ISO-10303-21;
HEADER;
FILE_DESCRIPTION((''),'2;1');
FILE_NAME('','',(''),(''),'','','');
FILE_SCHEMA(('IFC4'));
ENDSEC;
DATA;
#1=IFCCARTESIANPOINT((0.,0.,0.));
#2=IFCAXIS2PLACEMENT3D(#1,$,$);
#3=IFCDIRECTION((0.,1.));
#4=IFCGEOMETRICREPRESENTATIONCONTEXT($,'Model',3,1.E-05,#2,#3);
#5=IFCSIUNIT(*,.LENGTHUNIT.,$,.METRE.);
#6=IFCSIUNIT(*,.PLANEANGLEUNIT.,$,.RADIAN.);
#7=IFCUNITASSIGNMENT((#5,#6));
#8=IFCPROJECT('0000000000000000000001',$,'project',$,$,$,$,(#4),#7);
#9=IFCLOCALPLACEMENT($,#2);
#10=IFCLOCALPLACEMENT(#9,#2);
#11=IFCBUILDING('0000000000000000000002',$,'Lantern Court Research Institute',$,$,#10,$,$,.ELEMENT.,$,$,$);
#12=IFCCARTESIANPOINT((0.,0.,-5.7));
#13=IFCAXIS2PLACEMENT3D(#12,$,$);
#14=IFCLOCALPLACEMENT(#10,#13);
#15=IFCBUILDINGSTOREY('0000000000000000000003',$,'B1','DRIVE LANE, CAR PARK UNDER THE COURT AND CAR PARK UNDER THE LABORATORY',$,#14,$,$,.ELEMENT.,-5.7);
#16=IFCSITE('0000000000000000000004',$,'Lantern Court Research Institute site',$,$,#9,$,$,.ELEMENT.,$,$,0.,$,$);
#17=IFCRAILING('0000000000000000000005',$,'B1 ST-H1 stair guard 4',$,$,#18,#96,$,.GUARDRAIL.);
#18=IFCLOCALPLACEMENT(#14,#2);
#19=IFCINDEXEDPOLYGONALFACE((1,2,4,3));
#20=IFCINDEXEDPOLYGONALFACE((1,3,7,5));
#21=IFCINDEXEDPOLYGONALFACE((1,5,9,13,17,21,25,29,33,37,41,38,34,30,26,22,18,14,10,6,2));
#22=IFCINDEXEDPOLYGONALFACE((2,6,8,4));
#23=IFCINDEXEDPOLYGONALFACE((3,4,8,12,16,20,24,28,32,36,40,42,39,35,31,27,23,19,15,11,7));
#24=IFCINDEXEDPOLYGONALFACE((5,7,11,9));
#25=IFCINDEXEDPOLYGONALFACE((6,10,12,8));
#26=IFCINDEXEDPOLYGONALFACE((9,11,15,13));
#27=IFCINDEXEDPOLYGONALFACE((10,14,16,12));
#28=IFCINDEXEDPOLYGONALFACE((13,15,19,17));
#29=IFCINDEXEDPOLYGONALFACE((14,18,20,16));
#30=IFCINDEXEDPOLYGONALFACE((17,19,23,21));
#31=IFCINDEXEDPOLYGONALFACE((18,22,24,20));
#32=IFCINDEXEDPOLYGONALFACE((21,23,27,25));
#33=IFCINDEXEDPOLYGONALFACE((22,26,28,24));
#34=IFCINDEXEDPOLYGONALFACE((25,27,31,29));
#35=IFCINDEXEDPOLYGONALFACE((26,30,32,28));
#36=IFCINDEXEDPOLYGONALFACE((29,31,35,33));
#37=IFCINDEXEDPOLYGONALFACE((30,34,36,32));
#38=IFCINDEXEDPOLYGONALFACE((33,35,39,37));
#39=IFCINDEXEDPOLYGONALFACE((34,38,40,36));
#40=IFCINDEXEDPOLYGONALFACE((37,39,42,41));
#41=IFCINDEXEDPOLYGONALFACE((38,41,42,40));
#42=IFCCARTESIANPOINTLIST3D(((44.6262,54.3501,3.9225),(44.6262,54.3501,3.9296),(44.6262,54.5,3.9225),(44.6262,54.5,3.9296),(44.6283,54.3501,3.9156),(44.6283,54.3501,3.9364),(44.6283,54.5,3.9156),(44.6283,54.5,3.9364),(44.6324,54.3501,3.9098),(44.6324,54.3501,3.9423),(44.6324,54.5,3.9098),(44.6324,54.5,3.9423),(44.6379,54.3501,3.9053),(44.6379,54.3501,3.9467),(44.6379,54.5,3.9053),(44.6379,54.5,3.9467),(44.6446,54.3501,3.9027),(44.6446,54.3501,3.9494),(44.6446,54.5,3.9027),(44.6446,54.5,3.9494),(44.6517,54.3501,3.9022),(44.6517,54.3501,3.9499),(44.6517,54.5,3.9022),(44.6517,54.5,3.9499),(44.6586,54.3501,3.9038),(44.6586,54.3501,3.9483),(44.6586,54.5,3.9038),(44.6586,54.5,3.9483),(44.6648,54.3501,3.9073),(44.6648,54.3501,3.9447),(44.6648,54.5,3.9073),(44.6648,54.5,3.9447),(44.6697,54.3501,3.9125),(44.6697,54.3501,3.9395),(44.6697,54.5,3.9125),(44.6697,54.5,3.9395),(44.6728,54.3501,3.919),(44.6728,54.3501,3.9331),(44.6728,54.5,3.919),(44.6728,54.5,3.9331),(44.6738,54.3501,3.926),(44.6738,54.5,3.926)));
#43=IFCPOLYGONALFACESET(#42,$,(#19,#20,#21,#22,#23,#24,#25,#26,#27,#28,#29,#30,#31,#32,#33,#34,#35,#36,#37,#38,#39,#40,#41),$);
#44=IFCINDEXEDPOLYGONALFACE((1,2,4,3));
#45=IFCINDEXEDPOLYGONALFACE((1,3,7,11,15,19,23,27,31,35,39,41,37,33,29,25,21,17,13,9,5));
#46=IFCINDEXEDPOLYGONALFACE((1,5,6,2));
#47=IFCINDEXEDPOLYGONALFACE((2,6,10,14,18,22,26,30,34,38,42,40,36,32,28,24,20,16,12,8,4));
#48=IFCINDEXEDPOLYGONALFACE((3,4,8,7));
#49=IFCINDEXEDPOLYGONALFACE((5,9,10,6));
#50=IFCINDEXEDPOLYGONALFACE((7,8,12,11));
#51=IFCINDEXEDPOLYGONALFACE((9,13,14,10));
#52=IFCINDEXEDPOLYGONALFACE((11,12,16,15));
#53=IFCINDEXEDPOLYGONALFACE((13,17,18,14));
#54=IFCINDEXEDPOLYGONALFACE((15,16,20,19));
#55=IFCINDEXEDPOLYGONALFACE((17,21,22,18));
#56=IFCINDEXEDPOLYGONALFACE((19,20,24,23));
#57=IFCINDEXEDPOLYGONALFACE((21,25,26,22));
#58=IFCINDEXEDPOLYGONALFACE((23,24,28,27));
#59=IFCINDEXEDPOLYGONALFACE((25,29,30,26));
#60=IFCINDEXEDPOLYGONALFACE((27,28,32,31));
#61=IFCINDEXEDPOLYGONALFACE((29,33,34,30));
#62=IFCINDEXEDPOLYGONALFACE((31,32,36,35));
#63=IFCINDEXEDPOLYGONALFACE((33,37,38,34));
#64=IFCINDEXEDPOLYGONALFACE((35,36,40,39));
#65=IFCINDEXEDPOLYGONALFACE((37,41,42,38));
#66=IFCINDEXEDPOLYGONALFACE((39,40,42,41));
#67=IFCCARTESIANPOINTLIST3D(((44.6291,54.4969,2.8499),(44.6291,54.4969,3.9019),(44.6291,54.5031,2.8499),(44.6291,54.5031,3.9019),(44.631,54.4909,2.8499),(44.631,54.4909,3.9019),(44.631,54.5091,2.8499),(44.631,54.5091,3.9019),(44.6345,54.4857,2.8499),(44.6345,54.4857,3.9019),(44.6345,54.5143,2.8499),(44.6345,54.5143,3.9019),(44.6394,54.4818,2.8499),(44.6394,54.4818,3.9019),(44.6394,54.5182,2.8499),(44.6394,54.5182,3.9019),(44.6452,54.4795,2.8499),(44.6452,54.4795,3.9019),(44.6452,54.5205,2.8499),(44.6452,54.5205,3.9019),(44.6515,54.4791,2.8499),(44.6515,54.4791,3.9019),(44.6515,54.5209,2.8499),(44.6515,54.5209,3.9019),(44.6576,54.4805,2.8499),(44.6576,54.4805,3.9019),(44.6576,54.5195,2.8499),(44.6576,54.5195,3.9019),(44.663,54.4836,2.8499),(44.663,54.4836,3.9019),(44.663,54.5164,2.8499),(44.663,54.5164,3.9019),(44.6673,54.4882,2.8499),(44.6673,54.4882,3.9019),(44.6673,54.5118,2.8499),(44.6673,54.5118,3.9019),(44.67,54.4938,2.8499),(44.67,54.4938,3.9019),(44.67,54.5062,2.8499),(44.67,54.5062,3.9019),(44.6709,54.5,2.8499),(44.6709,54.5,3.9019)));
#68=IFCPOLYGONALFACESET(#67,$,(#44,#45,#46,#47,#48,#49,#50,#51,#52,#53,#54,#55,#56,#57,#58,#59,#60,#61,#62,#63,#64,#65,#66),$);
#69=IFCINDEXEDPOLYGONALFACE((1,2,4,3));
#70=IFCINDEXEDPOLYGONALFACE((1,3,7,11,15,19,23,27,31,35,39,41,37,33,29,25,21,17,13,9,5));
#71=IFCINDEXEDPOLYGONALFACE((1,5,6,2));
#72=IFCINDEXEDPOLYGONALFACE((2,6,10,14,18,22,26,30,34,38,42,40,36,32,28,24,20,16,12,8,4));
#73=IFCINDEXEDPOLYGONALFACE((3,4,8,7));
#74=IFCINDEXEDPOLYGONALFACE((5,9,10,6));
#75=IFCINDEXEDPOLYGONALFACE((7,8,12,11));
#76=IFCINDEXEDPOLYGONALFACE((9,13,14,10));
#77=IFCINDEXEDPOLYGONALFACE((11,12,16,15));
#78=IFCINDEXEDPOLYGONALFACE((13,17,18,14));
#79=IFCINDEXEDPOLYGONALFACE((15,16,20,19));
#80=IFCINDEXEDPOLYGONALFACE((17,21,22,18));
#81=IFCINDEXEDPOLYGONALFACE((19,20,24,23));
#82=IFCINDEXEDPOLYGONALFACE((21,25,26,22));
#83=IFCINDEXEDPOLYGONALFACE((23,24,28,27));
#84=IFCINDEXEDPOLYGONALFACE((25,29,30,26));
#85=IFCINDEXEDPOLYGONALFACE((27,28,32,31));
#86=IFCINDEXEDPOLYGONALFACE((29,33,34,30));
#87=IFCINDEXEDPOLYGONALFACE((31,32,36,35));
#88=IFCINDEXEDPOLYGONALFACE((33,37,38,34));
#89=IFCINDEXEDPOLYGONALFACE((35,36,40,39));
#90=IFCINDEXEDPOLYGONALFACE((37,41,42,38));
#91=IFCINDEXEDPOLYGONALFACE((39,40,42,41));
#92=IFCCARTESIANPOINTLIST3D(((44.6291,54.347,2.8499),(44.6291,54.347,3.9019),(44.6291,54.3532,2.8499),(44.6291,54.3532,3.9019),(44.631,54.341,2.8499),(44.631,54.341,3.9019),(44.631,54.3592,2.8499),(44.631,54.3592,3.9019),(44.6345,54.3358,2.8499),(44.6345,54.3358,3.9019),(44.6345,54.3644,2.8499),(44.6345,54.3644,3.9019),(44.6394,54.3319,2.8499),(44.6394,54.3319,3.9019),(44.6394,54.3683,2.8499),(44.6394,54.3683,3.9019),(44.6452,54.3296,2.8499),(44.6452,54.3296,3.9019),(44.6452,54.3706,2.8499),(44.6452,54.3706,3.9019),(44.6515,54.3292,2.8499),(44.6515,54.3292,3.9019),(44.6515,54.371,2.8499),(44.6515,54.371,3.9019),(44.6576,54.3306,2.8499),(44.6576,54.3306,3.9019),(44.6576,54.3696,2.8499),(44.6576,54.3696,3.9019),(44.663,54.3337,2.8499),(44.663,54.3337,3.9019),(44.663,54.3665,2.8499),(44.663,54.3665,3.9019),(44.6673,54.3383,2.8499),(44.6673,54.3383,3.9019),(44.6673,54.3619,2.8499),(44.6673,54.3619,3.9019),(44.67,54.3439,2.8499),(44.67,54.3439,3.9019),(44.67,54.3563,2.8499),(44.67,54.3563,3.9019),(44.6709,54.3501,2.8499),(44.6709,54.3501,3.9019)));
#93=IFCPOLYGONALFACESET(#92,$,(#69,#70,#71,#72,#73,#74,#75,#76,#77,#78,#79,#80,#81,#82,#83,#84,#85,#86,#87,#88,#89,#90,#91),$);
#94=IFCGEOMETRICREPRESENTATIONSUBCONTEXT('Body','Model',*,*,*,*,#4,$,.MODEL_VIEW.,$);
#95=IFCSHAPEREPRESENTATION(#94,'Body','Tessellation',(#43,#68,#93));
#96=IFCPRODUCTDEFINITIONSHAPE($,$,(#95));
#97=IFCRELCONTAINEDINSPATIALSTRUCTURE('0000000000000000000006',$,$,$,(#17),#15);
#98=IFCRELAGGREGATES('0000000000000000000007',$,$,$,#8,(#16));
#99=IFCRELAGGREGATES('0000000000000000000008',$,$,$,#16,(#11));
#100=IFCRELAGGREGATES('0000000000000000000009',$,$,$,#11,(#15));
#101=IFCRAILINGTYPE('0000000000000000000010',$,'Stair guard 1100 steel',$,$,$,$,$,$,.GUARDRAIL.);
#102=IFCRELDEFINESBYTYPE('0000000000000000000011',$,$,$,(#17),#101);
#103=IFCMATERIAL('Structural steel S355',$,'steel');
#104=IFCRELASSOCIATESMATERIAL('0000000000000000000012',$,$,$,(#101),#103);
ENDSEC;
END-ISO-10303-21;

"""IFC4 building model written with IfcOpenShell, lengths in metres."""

from ifc_helpers import new_model, si_unit, direction, frame, origin, origin_2d, place, context, subcontext, project, spatial, circle, extrude, material, type_object, element, save


model = new_model("IFC4")

# Units and contexts
model_context = context("Model", 3, precision=1e-05, world=origin(), true_north=direction((0.0, 1.0)))
body_context = subcontext(model_context, "Body", "Model", "MODEL_VIEW")
ifc_project = project(units=[si_unit("LENGTHUNIT", "METRE"), si_unit("PLANEANGLEUNIT", "RADIAN")], contexts=[model_context])

# Site, building, storey
site_placement = place(None, origin())
site = spatial("IfcSite", under=ifc_project, at=site_placement, Name="Lantern Court Research Institute site", CompositionType="ELEMENT", RefElevation=0.0)
building_placement = place(site_placement, origin())
building = spatial("IfcBuilding", under=site, at=building_placement, Name="Lantern Court Research Institute", CompositionType="ELEMENT")
storey_placement = place(building_placement, frame((0.0, 0.0, -5.7)))
storey = spatial("IfcBuildingStorey", under=building, at=storey_placement, Name="B1", Description="DRIVE LANE, CAR PARK UNDER THE COURT AND CAR PARK UNDER THE LABORATORY", CompositionType="ELEMENT", Elevation=-5.7)

# Railing
ifc_material_1 = material(Name="Structural steel S355", Category="steel")
railing_type_1 = type_object("IfcRailingType", Name="Stair guard 1100 steel", PredefinedType="GUARDRAIL", material=ifc_material_1)
railing_1_placement = place(storey_placement, frame((44.6499, 54.5, 2.8499)))
element("IfcRailing", 1, at=railing_1_placement, inside=storey, type_object=railing_type_1, Name="B1 ST-H1 stair guard 4", PredefinedType="GUARDRAIL", context=body_context, shape_type="SweptSolid", body=[
    extrude(circle(Radius=0.0239, at=origin_2d()), frame((0.0, 0.0, 1.0762), z_axis=(0.0, -1.0, 0.0), x_axis=(1.0, 0.0, 0.0)), (0.0, 0.0, 1.0), 0.1499),
    extrude(circle(Radius=0.021, at=origin_2d()), origin(), (0.0, 0.0, 1.0), 1.052),
    extrude(circle(Radius=0.021, at=origin_2d()), frame((0.0, -0.1499, 0.0)), (0.0, 0.0, 1.0), 1.052),
])

save(model, "model.ifc")
